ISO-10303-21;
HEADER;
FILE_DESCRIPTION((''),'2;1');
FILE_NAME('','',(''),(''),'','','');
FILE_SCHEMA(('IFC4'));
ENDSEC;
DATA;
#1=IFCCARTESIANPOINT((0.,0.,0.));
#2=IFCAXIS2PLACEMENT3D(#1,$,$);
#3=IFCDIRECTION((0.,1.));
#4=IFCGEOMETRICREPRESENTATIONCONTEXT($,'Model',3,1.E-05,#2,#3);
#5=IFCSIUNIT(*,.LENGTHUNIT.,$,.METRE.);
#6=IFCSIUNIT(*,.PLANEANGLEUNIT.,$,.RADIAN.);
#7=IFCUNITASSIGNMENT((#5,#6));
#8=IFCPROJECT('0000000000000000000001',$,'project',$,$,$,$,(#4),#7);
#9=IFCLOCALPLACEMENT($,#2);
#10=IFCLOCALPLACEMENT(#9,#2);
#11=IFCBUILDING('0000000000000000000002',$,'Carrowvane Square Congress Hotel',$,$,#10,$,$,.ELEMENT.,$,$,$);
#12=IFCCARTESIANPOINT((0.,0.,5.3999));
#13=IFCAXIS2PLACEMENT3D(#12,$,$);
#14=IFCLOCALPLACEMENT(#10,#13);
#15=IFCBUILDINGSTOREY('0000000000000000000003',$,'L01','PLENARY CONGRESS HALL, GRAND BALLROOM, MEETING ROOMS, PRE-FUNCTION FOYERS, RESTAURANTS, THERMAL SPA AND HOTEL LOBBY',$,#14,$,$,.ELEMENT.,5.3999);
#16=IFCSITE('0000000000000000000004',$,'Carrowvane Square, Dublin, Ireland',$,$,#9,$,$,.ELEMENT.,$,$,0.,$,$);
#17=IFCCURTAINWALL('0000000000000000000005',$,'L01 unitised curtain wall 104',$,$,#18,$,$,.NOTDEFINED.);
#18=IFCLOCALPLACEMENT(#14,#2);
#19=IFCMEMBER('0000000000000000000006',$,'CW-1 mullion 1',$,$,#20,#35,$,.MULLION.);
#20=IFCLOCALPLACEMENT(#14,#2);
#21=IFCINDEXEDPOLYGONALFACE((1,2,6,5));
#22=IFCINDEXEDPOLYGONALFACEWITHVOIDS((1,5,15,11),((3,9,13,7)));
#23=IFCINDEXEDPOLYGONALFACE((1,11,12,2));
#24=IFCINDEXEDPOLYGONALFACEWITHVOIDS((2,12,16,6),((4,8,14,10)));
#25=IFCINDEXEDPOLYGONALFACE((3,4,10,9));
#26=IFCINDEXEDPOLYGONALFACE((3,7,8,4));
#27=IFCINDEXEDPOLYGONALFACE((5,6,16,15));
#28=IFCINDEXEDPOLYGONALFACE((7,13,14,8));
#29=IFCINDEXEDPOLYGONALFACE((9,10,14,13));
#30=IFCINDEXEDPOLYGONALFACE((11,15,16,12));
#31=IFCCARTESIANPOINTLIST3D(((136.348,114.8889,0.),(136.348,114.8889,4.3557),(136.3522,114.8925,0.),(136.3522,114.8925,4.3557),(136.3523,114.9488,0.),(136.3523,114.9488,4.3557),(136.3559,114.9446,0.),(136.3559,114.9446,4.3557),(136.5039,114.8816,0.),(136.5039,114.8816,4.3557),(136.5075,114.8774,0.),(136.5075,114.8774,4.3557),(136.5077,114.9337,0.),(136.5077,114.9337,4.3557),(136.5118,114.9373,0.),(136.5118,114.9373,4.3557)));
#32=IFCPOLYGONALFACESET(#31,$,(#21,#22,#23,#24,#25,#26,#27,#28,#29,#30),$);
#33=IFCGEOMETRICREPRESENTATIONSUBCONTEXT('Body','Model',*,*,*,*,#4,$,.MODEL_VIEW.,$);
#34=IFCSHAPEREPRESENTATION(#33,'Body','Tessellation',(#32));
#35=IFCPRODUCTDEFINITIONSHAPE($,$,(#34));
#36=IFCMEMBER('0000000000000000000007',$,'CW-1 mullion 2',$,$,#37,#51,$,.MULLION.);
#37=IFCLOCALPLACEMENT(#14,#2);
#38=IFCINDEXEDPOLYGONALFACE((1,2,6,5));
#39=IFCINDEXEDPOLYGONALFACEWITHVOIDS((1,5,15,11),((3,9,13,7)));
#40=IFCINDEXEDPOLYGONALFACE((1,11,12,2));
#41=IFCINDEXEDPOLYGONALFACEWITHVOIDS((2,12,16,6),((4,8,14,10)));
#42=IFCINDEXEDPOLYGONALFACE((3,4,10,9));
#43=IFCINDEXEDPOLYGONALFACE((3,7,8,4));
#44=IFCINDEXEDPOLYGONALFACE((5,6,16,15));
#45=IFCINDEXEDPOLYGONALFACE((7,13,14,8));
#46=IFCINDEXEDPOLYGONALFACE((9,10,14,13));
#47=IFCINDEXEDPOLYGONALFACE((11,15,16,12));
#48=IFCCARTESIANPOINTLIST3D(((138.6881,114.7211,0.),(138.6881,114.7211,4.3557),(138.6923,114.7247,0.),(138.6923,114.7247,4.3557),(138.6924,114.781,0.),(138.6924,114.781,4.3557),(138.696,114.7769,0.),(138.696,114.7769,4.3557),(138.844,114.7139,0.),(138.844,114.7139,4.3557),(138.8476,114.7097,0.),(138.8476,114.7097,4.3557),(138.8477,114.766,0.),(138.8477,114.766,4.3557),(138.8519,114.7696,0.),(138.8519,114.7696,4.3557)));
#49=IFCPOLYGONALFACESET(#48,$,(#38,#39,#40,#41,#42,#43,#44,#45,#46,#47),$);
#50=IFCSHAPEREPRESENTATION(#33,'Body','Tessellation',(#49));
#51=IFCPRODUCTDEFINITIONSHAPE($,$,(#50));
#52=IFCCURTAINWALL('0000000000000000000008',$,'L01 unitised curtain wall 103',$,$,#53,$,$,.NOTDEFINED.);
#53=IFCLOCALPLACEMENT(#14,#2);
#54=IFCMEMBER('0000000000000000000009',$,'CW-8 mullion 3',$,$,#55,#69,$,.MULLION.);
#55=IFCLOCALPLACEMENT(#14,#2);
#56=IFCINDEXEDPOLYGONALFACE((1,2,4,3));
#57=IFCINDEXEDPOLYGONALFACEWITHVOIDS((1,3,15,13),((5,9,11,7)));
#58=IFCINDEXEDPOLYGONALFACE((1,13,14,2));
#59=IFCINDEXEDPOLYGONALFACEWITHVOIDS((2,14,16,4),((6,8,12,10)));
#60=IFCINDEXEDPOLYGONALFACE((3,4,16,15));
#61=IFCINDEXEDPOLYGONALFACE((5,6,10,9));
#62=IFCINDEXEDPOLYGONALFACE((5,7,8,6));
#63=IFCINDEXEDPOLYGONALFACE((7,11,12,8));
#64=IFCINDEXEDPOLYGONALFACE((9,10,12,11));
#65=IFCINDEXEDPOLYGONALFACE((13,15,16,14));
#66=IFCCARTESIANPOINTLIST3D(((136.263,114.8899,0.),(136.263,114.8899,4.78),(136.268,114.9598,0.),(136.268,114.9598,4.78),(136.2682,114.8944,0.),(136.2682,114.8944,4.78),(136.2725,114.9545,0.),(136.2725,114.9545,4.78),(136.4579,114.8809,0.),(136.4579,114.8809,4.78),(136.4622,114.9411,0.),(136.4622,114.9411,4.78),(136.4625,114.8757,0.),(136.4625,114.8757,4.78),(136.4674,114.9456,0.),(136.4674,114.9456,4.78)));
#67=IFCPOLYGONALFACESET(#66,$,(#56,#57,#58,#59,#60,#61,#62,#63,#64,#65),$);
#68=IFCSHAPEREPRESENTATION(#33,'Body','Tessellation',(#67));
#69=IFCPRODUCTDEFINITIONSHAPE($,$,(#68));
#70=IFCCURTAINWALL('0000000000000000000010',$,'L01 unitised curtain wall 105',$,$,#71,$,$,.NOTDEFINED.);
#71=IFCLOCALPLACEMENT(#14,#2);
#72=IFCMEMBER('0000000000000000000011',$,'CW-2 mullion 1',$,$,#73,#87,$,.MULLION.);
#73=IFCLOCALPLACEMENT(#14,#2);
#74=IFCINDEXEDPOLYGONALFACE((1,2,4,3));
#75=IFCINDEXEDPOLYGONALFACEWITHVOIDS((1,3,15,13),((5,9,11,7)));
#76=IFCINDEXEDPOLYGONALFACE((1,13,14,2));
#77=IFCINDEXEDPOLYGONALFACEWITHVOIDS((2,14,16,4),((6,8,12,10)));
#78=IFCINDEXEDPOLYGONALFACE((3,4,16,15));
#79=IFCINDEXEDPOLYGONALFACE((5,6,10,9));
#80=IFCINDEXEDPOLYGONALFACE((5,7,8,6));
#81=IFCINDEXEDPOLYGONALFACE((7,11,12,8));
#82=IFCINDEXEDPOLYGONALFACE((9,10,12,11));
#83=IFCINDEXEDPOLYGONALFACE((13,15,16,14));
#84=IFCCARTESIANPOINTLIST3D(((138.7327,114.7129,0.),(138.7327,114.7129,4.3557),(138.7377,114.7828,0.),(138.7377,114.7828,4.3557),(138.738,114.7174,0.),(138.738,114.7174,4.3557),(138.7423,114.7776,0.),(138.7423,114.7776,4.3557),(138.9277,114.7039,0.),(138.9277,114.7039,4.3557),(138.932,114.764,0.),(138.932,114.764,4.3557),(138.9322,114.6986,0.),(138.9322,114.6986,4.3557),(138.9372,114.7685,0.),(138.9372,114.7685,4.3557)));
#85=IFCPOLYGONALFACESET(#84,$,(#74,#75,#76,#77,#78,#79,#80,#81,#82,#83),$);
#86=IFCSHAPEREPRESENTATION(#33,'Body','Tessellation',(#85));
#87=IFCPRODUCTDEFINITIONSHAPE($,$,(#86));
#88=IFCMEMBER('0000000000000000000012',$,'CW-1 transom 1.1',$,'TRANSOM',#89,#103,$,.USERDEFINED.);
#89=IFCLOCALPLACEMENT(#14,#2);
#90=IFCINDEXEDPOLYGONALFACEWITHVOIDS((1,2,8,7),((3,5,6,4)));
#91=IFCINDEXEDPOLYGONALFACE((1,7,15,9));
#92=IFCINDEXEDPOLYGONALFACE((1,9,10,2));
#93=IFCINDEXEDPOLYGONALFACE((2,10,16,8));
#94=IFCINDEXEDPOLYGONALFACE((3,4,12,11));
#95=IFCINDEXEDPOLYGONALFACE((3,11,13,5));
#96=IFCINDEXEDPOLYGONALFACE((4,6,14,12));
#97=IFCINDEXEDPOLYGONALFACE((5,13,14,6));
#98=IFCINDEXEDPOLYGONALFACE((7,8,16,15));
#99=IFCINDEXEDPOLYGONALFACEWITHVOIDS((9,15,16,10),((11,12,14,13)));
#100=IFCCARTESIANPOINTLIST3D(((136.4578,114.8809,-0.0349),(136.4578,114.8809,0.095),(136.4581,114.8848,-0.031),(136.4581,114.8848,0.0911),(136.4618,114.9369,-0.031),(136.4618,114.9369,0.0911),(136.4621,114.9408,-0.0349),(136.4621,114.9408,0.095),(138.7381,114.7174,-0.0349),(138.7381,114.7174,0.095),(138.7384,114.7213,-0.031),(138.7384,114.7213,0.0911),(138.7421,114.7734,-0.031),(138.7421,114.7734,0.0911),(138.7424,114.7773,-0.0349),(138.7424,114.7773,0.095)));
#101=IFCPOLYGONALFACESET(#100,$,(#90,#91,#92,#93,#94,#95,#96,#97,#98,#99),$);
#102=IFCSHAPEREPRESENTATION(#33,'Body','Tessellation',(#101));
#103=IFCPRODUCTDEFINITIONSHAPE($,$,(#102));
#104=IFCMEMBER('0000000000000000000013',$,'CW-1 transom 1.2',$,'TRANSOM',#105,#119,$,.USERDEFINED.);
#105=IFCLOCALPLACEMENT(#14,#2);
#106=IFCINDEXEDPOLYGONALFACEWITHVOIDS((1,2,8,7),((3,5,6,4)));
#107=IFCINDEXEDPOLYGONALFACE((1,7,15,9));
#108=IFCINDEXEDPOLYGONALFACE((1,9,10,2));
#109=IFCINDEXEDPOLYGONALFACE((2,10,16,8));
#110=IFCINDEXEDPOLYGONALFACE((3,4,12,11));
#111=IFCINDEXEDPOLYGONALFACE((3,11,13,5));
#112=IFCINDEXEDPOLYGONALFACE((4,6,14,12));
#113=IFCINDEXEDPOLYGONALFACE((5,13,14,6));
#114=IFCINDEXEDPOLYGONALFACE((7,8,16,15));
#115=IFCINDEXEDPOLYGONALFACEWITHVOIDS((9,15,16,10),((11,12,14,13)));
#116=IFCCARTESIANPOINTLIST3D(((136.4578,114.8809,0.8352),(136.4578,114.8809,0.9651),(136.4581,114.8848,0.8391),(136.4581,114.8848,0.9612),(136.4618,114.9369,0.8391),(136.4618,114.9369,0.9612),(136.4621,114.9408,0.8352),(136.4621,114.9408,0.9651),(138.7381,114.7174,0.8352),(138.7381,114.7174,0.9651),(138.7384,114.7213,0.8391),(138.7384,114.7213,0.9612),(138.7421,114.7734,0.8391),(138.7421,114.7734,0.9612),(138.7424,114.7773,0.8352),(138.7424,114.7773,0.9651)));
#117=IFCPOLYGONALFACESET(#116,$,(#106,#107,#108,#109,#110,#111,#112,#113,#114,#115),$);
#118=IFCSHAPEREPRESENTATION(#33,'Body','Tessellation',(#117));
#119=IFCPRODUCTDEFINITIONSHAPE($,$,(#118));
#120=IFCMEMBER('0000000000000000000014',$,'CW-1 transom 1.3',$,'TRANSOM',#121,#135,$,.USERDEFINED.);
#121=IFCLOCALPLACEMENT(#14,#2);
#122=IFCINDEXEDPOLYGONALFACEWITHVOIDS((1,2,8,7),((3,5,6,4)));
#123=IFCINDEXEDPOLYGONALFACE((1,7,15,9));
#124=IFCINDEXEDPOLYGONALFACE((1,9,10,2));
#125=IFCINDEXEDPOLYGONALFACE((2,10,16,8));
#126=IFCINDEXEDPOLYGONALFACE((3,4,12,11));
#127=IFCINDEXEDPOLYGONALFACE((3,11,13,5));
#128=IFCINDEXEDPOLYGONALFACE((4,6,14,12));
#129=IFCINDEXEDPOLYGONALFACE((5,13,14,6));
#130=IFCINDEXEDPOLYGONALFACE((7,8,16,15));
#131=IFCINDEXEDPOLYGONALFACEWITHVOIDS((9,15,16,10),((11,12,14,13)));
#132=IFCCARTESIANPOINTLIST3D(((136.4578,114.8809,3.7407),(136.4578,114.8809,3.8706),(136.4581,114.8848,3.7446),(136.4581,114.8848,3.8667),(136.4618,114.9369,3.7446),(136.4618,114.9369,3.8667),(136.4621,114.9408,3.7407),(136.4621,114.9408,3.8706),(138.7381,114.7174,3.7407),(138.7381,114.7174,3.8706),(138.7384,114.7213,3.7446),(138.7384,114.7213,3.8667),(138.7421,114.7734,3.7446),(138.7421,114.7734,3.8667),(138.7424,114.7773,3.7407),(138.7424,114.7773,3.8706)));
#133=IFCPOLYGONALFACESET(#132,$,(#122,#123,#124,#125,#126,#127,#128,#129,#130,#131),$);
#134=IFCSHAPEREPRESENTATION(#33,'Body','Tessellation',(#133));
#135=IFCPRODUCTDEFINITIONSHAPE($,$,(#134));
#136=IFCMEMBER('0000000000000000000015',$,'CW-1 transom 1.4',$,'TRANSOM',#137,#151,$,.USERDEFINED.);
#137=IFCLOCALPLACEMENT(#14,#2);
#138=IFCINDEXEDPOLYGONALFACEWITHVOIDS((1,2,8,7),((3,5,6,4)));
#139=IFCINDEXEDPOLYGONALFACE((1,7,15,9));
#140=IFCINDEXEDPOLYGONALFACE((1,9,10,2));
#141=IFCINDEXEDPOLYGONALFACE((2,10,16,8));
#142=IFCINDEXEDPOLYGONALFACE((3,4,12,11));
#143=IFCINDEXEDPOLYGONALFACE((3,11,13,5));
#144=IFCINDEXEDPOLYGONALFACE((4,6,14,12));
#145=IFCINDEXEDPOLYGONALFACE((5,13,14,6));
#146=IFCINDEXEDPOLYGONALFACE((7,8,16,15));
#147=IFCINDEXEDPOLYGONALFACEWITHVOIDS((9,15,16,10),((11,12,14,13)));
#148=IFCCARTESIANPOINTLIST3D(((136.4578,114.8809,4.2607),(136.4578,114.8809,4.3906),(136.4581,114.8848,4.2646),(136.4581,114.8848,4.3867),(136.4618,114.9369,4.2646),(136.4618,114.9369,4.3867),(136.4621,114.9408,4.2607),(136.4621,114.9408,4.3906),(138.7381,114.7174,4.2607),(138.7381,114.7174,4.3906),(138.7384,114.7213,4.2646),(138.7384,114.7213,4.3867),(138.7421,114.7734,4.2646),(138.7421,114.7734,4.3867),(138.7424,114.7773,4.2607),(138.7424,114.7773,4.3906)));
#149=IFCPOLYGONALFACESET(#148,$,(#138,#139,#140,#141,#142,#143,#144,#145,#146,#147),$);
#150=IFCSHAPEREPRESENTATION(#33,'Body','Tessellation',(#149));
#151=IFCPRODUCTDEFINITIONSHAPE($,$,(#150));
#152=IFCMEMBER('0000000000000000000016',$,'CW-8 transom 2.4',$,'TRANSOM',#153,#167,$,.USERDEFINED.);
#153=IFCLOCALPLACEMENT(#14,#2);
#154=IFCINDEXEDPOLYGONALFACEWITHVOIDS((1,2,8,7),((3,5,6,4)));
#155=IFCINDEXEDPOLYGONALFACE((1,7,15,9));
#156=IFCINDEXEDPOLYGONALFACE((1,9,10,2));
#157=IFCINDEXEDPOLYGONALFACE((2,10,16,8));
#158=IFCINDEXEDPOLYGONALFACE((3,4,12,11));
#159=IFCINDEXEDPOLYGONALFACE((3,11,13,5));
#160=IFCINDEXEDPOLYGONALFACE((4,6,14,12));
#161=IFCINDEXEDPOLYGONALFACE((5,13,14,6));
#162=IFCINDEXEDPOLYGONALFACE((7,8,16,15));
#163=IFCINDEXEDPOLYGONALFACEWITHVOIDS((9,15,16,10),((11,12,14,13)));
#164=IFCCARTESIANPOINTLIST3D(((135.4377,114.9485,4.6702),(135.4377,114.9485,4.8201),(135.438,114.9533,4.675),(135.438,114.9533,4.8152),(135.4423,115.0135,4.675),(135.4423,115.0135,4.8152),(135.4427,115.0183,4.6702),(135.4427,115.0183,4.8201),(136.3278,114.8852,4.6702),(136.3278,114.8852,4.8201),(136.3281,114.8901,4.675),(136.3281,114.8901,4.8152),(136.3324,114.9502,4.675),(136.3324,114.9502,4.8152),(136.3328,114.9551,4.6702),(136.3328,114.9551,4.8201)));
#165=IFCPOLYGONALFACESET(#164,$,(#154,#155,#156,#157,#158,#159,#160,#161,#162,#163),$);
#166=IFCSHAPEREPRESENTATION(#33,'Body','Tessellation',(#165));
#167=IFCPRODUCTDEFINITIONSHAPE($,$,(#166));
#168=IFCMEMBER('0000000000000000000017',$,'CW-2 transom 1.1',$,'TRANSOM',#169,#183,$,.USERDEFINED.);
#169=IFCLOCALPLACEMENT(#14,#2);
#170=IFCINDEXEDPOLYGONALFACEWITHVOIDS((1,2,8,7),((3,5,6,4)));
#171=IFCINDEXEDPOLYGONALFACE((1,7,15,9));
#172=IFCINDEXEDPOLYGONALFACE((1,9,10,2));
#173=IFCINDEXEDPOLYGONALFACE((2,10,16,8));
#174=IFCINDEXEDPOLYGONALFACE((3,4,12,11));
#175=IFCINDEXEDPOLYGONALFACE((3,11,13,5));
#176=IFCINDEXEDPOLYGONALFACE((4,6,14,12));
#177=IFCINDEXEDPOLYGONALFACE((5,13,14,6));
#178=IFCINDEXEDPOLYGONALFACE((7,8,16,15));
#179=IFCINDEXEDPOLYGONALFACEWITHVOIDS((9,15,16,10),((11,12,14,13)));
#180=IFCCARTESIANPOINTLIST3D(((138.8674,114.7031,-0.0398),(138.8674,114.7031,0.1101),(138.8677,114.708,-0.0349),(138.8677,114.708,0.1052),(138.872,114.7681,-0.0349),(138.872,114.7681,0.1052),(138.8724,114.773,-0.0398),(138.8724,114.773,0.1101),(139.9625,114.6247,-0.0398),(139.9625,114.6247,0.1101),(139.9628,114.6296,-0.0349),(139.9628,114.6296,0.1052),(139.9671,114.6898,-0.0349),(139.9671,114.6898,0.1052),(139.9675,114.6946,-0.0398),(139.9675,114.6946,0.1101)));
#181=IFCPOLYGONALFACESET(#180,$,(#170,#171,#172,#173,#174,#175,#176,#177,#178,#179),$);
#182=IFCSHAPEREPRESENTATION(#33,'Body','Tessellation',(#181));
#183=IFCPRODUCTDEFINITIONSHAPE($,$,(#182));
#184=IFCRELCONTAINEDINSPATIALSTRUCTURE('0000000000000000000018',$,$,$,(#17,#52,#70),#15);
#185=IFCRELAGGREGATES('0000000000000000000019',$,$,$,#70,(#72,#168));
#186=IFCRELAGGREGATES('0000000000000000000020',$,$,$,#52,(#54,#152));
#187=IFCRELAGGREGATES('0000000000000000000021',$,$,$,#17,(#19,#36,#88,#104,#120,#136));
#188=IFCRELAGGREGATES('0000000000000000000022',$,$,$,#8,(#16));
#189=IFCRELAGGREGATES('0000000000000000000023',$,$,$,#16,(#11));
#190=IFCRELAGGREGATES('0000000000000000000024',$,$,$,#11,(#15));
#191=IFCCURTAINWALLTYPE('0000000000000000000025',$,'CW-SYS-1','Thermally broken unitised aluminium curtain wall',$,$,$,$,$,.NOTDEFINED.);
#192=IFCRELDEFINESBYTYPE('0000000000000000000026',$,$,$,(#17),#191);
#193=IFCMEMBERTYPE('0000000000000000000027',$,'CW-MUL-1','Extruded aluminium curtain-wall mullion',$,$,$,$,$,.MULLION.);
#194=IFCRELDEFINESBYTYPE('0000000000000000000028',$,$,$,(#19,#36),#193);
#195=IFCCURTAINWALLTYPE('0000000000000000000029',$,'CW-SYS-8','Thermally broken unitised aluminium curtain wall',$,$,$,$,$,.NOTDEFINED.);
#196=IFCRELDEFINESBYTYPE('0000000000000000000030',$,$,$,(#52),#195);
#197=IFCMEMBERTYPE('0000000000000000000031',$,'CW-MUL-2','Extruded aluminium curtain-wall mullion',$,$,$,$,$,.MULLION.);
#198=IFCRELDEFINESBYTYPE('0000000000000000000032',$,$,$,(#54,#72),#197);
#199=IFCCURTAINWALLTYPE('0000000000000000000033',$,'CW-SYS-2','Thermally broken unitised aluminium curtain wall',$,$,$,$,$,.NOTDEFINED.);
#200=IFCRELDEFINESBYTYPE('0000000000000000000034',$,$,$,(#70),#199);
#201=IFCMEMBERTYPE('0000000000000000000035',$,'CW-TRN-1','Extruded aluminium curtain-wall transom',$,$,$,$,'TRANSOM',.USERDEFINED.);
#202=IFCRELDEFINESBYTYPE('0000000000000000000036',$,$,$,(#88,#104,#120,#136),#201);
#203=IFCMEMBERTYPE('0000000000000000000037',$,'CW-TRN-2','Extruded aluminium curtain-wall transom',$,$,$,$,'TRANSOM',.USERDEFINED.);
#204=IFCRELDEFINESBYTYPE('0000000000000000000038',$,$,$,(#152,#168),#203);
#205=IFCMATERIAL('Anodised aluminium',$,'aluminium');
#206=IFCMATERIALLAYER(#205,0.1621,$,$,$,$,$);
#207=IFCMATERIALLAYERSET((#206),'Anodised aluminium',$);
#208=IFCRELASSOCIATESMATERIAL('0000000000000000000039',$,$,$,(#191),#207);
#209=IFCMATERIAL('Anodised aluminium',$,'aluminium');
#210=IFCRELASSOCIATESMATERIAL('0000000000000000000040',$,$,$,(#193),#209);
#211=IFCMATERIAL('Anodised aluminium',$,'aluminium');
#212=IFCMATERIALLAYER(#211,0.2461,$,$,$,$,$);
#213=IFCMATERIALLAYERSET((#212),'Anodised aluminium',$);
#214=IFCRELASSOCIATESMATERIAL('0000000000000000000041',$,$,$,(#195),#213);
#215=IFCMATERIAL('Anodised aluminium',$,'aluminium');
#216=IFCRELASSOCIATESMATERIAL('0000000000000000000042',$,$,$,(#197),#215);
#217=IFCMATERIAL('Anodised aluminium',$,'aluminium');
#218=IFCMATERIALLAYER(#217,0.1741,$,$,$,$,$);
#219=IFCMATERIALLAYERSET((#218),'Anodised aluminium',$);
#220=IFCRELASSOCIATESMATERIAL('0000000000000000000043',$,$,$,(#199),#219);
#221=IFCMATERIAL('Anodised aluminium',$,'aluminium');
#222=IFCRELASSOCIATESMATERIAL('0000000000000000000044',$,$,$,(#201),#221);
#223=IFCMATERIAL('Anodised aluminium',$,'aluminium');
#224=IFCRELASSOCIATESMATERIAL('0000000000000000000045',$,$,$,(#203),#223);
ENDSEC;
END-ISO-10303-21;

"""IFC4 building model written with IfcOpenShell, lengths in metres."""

from ifc_helpers import new_model, si_unit, direction, frame, origin, origin_2d, place, context, subcontext, project, spatial, hollow_rectangle, extrude, material, layer, layer_set, material_profile, profile_set, type_object, element, aggregate, save


model = new_model("IFC4")

# Units and contexts
model_context = context("Model", 3, precision=1e-05, world=origin(), true_north=direction((0.0, 1.0)))
body_context = subcontext(model_context, "Body", "Model", "MODEL_VIEW")
ifc_project = project(units=[si_unit("LENGTHUNIT", "METRE"), si_unit("PLANEANGLEUNIT", "RADIAN")], contexts=[model_context])

# Site, building, storey
site_placement = place(None, origin())
site = spatial("IfcSite", under=ifc_project, at=site_placement, Name="Carrowvane Square, Dublin, Ireland", CompositionType="ELEMENT", RefElevation=0.0)
building_placement = place(site_placement, origin())
building = spatial("IfcBuilding", under=site, at=building_placement, Name="Carrowvane Square Congress Hotel", CompositionType="ELEMENT")
storey_placement = place(building_placement, frame((0.0, 0.0, 5.3999)))
storey = spatial("IfcBuildingStorey", under=building, at=storey_placement, Name="L01", Description="PLENARY CONGRESS HALL, GRAND BALLROOM, MEETING ROOMS, PRE-FUNCTION FOYERS, RESTAURANTS, THERMAL SPA AND HOTEL LOBBY", CompositionType="ELEMENT", Elevation=5.3999)

# Curtain wall, members
ifc_material_1 = material(Name="Anodised aluminium", Category="aluminium")
ifc_layer_1 = layer(ifc_material_1, 0.1621)
ifc_layer_set_1 = layer_set([ifc_layer_1], Name="Anodised aluminium")
curtain_wall_type_1 = type_object("IfcCurtainWallType", Name="CW-SYS-1", Description="Thermally broken unitised aluminium curtain wall", PredefinedType="NOTDEFINED", material=ifc_layer_set_1)
curtain_wall_1_placement = place(storey_placement, origin())
curtain_wall_1 = element("IfcCurtainWall", 1, at=curtain_wall_1_placement, inside=storey, type_object=curtain_wall_type_1, Name="L01 unitised curtain wall 104", PredefinedType="NOTDEFINED")
ifc_material_2 = material(Name="Anodised aluminium", Category="aluminium")
ifc_material_profile_1 = material_profile(ifc_material_2, hollow_rectangle(XDim=0.0601, YDim=0.1599, WallThickness=0.0039, at=origin_2d()), Name="CW-ML 60x160x4")
ifc_profile_set_1 = profile_set([ifc_material_profile_1], Name="Anodised aluminium")
member_type_1 = type_object("IfcMemberType", Name="CW-MUL-1", Description="Extruded aluminium curtain-wall mullion", PredefinedType="MULLION", material=ifc_profile_set_1)
member_1_placement = place(storey_placement, frame((136.4299, 114.9131, 0.0), z_axis=(0.0, 0.0, 1.0), x_axis=(0.071532, 0.997438, 0.0)))
member_1 = element("IfcMember", 2, at=member_1_placement, type_object=member_type_1, Name="CW-1 mullion 1", PredefinedType="MULLION", context=body_context, shape_type="SweptSolid", body=[
    extrude(hollow_rectangle(XDim=0.0601, YDim=0.1599, WallThickness=0.0039, at=origin_2d()), origin(), (0.0, 0.0, 1.0), 4.3557),
])
member_2_placement = place(storey_placement, frame((138.77, 114.7454, 0.0), z_axis=(0.0, 0.0, 1.0), x_axis=(0.071532, 0.997438, 0.0)))
member_2 = element("IfcMember", 3, at=member_2_placement, type_object=member_type_1, Name="CW-1 mullion 2", PredefinedType="MULLION", context=body_context, shape_type="SweptSolid", body=[
    extrude(hollow_rectangle(XDim=0.0601, YDim=0.1599, WallThickness=0.0039, at=origin_2d()), origin(), (0.0, 0.0, 1.0), 4.3557),
])

# Curtain walls, members
ifc_material_3 = material(Name="Anodised aluminium", Category="aluminium")
ifc_layer_2 = layer(ifc_material_3, 0.2461)
ifc_layer_set_2 = layer_set([ifc_layer_2], Name="Anodised aluminium")
curtain_wall_type_2 = type_object("IfcCurtainWallType", Name="CW-SYS-8", Description="Thermally broken unitised aluminium curtain wall", PredefinedType="NOTDEFINED", material=ifc_layer_set_2)
curtain_wall_2_placement = place(storey_placement, origin())
curtain_wall_2 = element("IfcCurtainWall", 4, at=curtain_wall_2_placement, inside=storey, type_object=curtain_wall_type_2, Name="L01 unitised curtain wall 103", PredefinedType="NOTDEFINED")
ifc_material_4 = material(Name="Anodised aluminium", Category="aluminium")
ifc_material_profile_2 = material_profile(ifc_material_4, hollow_rectangle(XDim=0.0701, YDim=0.2, WallThickness=0.0049, at=origin_2d()), Name="CW-ML 70x200x5")
ifc_profile_set_2 = profile_set([ifc_material_profile_2], Name="Anodised aluminium")
member_type_2 = type_object("IfcMemberType", Name="CW-MUL-2", Description="Extruded aluminium curtain-wall mullion", PredefinedType="MULLION", material=ifc_profile_set_2)
member_3_placement = place(storey_placement, frame((136.3652, 114.9177, 0.0), z_axis=(0.0, 0.0, 1.0), x_axis=(0.07096, 0.997479, 0.0)))
member_3 = element("IfcMember", 5, at=member_3_placement, type_object=member_type_2, Name="CW-8 mullion 3", PredefinedType="MULLION", context=body_context, shape_type="SweptSolid", body=[
    extrude(hollow_rectangle(XDim=0.0701, YDim=0.2, WallThickness=0.0049, at=origin_2d()), origin(), (0.0, 0.0, 1.0), 4.78),
])
ifc_material_5 = material(Name="Anodised aluminium", Category="aluminium")
ifc_layer_3 = layer(ifc_material_5, 0.1741)
ifc_layer_set_3 = layer_set([ifc_layer_3], Name="Anodised aluminium")
curtain_wall_type_3 = type_object("IfcCurtainWallType", Name="CW-SYS-2", Description="Thermally broken unitised aluminium curtain wall", PredefinedType="NOTDEFINED", material=ifc_layer_set_3)
curtain_wall_3_placement = place(storey_placement, origin())
curtain_wall_3 = element("IfcCurtainWall", 6, at=curtain_wall_3_placement, inside=storey, type_object=curtain_wall_type_3, Name="L01 unitised curtain wall 105", PredefinedType="NOTDEFINED")
member_4_placement = place(storey_placement, frame((138.835, 114.7407, 0.0), z_axis=(0.0, 0.0, 1.0), x_axis=(0.071422, 0.997446, 0.0)))
member_4 = element("IfcMember", 7, at=member_4_placement, type_object=member_type_2, Name="CW-2 mullion 1", PredefinedType="MULLION", context=body_context, shape_type="SweptSolid", body=[
    extrude(hollow_rectangle(XDim=0.0701, YDim=0.2, WallThickness=0.0049, at=origin_2d()), origin(), (0.0, 0.0, 1.0), 4.3557),
])

# Members
ifc_material_6 = material(Name="Anodised aluminium", Category="aluminium")
ifc_material_profile_3 = material_profile(ifc_material_6, hollow_rectangle(XDim=0.0601, YDim=0.1299, WallThickness=0.0039, at=origin_2d()), Name="CW-TR 60x130x4")
ifc_profile_set_3 = profile_set([ifc_material_profile_3], Name="Anodised aluminium")
member_type_3 = type_object("IfcMemberType", Name="CW-TRN-1", Description="Extruded aluminium curtain-wall transom", ElementType="TRANSOM", PredefinedType="USERDEFINED", material=ifc_profile_set_3)
member_5_placement = place(storey_placement, frame((136.46, 114.9109, 0.03), z_axis=(0.997437, -0.071551, 0.0), x_axis=(0.071551, 0.997437, 0.0)))
member_5 = element("IfcMember", 8, at=member_5_placement, type_object=member_type_3, Name="CW-1 transom 1.1", ObjectType="TRANSOM", PredefinedType="USERDEFINED", context=body_context, shape_type="SweptSolid", body=[
    extrude(hollow_rectangle(XDim=0.0601, YDim=0.1299, WallThickness=0.0039, at=origin_2d()), origin(), (0.0, 0.0, 1.0), 2.2861),
])
member_6_placement = place(storey_placement, frame((136.46, 114.9109, 0.9001), z_axis=(0.997437, -0.071551, 0.0), x_axis=(0.071551, 0.997437, 0.0)))
member_6 = element("IfcMember", 9, at=member_6_placement, type_object=member_type_3, Name="CW-1 transom 1.2", ObjectType="TRANSOM", PredefinedType="USERDEFINED", context=body_context, shape_type="SweptSolid", body=[
    extrude(hollow_rectangle(XDim=0.0601, YDim=0.1299, WallThickness=0.0039, at=origin_2d()), origin(), (0.0, 0.0, 1.0), 2.2861),
])
member_7_placement = place(storey_placement, frame((136.46, 114.9109, 3.8057), z_axis=(0.997437, -0.071551, 0.0), x_axis=(0.071551, 0.997437, 0.0)))
member_7 = element("IfcMember", 10, at=member_7_placement, type_object=member_type_3, Name="CW-1 transom 1.3", ObjectType="TRANSOM", PredefinedType="USERDEFINED", context=body_context, shape_type="SweptSolid", body=[
    extrude(hollow_rectangle(XDim=0.0601, YDim=0.1299, WallThickness=0.0039, at=origin_2d()), origin(), (0.0, 0.0, 1.0), 2.2861),
])
member_8_placement = place(storey_placement, frame((136.46, 114.9109, 4.3257), z_axis=(0.997437, -0.071551, 0.0), x_axis=(0.071551, 0.997437, 0.0)))
member_8 = element("IfcMember", 11, at=member_8_placement, type_object=member_type_3, Name="CW-1 transom 1.4", ObjectType="TRANSOM", PredefinedType="USERDEFINED", context=body_context, shape_type="SweptSolid", body=[
    extrude(hollow_rectangle(XDim=0.0601, YDim=0.1299, WallThickness=0.0039, at=origin_2d()), origin(), (0.0, 0.0, 1.0), 2.2861),
])
ifc_material_7 = material(Name="Anodised aluminium", Category="aluminium")
ifc_material_profile_4 = material_profile(ifc_material_7, hollow_rectangle(XDim=0.0701, YDim=0.1499, WallThickness=0.0049, at=origin_2d()), Name="CW-TR 70x150x5")
ifc_profile_set_4 = profile_set([ifc_material_profile_4], Name="Anodised aluminium")
member_type_4 = type_object("IfcMemberType", Name="CW-TRN-2", Description="Extruded aluminium curtain-wall transom", ElementType="TRANSOM", PredefinedType="USERDEFINED", material=ifc_profile_set_4)
member_9_placement = place(storey_placement, frame((135.4402, 114.9834, 4.7451), z_axis=(0.997486, -0.070858, 0.0), x_axis=(0.070858, 0.997486, 0.0)))
member_9 = element("IfcMember", 12, at=member_9_placement, type_object=member_type_4, Name="CW-8 transom 2.4", ObjectType="TRANSOM", PredefinedType="USERDEFINED", context=body_context, shape_type="SweptSolid", body=[
    extrude(hollow_rectangle(XDim=0.0701, YDim=0.1499, WallThickness=0.0049, at=origin_2d()), origin(), (0.0, 0.0, 1.0), 0.8923),
])
member_10_placement = place(storey_placement, frame((138.8699, 114.738, 0.0352), z_axis=(0.99745, -0.071373, 0.0), x_axis=(0.071373, 0.99745, 0.0)))
member_10 = element("IfcMember", 13, at=member_10_placement, type_object=member_type_4, Name="CW-2 transom 1.1", ObjectType="TRANSOM", PredefinedType="USERDEFINED", context=body_context, shape_type="SweptSolid", body=[
    extrude(hollow_rectangle(XDim=0.0701, YDim=0.1499, WallThickness=0.0049, at=origin_2d()), origin(), (0.0, 0.0, 1.0), 1.0979),
])

aggregate(curtain_wall_3, [member_4, member_10])
aggregate(curtain_wall_2, [member_3, member_9])
aggregate(curtain_wall_1, [member_1, member_2, member_5, member_6, member_7, member_8])

save(model, "model.ifc")
